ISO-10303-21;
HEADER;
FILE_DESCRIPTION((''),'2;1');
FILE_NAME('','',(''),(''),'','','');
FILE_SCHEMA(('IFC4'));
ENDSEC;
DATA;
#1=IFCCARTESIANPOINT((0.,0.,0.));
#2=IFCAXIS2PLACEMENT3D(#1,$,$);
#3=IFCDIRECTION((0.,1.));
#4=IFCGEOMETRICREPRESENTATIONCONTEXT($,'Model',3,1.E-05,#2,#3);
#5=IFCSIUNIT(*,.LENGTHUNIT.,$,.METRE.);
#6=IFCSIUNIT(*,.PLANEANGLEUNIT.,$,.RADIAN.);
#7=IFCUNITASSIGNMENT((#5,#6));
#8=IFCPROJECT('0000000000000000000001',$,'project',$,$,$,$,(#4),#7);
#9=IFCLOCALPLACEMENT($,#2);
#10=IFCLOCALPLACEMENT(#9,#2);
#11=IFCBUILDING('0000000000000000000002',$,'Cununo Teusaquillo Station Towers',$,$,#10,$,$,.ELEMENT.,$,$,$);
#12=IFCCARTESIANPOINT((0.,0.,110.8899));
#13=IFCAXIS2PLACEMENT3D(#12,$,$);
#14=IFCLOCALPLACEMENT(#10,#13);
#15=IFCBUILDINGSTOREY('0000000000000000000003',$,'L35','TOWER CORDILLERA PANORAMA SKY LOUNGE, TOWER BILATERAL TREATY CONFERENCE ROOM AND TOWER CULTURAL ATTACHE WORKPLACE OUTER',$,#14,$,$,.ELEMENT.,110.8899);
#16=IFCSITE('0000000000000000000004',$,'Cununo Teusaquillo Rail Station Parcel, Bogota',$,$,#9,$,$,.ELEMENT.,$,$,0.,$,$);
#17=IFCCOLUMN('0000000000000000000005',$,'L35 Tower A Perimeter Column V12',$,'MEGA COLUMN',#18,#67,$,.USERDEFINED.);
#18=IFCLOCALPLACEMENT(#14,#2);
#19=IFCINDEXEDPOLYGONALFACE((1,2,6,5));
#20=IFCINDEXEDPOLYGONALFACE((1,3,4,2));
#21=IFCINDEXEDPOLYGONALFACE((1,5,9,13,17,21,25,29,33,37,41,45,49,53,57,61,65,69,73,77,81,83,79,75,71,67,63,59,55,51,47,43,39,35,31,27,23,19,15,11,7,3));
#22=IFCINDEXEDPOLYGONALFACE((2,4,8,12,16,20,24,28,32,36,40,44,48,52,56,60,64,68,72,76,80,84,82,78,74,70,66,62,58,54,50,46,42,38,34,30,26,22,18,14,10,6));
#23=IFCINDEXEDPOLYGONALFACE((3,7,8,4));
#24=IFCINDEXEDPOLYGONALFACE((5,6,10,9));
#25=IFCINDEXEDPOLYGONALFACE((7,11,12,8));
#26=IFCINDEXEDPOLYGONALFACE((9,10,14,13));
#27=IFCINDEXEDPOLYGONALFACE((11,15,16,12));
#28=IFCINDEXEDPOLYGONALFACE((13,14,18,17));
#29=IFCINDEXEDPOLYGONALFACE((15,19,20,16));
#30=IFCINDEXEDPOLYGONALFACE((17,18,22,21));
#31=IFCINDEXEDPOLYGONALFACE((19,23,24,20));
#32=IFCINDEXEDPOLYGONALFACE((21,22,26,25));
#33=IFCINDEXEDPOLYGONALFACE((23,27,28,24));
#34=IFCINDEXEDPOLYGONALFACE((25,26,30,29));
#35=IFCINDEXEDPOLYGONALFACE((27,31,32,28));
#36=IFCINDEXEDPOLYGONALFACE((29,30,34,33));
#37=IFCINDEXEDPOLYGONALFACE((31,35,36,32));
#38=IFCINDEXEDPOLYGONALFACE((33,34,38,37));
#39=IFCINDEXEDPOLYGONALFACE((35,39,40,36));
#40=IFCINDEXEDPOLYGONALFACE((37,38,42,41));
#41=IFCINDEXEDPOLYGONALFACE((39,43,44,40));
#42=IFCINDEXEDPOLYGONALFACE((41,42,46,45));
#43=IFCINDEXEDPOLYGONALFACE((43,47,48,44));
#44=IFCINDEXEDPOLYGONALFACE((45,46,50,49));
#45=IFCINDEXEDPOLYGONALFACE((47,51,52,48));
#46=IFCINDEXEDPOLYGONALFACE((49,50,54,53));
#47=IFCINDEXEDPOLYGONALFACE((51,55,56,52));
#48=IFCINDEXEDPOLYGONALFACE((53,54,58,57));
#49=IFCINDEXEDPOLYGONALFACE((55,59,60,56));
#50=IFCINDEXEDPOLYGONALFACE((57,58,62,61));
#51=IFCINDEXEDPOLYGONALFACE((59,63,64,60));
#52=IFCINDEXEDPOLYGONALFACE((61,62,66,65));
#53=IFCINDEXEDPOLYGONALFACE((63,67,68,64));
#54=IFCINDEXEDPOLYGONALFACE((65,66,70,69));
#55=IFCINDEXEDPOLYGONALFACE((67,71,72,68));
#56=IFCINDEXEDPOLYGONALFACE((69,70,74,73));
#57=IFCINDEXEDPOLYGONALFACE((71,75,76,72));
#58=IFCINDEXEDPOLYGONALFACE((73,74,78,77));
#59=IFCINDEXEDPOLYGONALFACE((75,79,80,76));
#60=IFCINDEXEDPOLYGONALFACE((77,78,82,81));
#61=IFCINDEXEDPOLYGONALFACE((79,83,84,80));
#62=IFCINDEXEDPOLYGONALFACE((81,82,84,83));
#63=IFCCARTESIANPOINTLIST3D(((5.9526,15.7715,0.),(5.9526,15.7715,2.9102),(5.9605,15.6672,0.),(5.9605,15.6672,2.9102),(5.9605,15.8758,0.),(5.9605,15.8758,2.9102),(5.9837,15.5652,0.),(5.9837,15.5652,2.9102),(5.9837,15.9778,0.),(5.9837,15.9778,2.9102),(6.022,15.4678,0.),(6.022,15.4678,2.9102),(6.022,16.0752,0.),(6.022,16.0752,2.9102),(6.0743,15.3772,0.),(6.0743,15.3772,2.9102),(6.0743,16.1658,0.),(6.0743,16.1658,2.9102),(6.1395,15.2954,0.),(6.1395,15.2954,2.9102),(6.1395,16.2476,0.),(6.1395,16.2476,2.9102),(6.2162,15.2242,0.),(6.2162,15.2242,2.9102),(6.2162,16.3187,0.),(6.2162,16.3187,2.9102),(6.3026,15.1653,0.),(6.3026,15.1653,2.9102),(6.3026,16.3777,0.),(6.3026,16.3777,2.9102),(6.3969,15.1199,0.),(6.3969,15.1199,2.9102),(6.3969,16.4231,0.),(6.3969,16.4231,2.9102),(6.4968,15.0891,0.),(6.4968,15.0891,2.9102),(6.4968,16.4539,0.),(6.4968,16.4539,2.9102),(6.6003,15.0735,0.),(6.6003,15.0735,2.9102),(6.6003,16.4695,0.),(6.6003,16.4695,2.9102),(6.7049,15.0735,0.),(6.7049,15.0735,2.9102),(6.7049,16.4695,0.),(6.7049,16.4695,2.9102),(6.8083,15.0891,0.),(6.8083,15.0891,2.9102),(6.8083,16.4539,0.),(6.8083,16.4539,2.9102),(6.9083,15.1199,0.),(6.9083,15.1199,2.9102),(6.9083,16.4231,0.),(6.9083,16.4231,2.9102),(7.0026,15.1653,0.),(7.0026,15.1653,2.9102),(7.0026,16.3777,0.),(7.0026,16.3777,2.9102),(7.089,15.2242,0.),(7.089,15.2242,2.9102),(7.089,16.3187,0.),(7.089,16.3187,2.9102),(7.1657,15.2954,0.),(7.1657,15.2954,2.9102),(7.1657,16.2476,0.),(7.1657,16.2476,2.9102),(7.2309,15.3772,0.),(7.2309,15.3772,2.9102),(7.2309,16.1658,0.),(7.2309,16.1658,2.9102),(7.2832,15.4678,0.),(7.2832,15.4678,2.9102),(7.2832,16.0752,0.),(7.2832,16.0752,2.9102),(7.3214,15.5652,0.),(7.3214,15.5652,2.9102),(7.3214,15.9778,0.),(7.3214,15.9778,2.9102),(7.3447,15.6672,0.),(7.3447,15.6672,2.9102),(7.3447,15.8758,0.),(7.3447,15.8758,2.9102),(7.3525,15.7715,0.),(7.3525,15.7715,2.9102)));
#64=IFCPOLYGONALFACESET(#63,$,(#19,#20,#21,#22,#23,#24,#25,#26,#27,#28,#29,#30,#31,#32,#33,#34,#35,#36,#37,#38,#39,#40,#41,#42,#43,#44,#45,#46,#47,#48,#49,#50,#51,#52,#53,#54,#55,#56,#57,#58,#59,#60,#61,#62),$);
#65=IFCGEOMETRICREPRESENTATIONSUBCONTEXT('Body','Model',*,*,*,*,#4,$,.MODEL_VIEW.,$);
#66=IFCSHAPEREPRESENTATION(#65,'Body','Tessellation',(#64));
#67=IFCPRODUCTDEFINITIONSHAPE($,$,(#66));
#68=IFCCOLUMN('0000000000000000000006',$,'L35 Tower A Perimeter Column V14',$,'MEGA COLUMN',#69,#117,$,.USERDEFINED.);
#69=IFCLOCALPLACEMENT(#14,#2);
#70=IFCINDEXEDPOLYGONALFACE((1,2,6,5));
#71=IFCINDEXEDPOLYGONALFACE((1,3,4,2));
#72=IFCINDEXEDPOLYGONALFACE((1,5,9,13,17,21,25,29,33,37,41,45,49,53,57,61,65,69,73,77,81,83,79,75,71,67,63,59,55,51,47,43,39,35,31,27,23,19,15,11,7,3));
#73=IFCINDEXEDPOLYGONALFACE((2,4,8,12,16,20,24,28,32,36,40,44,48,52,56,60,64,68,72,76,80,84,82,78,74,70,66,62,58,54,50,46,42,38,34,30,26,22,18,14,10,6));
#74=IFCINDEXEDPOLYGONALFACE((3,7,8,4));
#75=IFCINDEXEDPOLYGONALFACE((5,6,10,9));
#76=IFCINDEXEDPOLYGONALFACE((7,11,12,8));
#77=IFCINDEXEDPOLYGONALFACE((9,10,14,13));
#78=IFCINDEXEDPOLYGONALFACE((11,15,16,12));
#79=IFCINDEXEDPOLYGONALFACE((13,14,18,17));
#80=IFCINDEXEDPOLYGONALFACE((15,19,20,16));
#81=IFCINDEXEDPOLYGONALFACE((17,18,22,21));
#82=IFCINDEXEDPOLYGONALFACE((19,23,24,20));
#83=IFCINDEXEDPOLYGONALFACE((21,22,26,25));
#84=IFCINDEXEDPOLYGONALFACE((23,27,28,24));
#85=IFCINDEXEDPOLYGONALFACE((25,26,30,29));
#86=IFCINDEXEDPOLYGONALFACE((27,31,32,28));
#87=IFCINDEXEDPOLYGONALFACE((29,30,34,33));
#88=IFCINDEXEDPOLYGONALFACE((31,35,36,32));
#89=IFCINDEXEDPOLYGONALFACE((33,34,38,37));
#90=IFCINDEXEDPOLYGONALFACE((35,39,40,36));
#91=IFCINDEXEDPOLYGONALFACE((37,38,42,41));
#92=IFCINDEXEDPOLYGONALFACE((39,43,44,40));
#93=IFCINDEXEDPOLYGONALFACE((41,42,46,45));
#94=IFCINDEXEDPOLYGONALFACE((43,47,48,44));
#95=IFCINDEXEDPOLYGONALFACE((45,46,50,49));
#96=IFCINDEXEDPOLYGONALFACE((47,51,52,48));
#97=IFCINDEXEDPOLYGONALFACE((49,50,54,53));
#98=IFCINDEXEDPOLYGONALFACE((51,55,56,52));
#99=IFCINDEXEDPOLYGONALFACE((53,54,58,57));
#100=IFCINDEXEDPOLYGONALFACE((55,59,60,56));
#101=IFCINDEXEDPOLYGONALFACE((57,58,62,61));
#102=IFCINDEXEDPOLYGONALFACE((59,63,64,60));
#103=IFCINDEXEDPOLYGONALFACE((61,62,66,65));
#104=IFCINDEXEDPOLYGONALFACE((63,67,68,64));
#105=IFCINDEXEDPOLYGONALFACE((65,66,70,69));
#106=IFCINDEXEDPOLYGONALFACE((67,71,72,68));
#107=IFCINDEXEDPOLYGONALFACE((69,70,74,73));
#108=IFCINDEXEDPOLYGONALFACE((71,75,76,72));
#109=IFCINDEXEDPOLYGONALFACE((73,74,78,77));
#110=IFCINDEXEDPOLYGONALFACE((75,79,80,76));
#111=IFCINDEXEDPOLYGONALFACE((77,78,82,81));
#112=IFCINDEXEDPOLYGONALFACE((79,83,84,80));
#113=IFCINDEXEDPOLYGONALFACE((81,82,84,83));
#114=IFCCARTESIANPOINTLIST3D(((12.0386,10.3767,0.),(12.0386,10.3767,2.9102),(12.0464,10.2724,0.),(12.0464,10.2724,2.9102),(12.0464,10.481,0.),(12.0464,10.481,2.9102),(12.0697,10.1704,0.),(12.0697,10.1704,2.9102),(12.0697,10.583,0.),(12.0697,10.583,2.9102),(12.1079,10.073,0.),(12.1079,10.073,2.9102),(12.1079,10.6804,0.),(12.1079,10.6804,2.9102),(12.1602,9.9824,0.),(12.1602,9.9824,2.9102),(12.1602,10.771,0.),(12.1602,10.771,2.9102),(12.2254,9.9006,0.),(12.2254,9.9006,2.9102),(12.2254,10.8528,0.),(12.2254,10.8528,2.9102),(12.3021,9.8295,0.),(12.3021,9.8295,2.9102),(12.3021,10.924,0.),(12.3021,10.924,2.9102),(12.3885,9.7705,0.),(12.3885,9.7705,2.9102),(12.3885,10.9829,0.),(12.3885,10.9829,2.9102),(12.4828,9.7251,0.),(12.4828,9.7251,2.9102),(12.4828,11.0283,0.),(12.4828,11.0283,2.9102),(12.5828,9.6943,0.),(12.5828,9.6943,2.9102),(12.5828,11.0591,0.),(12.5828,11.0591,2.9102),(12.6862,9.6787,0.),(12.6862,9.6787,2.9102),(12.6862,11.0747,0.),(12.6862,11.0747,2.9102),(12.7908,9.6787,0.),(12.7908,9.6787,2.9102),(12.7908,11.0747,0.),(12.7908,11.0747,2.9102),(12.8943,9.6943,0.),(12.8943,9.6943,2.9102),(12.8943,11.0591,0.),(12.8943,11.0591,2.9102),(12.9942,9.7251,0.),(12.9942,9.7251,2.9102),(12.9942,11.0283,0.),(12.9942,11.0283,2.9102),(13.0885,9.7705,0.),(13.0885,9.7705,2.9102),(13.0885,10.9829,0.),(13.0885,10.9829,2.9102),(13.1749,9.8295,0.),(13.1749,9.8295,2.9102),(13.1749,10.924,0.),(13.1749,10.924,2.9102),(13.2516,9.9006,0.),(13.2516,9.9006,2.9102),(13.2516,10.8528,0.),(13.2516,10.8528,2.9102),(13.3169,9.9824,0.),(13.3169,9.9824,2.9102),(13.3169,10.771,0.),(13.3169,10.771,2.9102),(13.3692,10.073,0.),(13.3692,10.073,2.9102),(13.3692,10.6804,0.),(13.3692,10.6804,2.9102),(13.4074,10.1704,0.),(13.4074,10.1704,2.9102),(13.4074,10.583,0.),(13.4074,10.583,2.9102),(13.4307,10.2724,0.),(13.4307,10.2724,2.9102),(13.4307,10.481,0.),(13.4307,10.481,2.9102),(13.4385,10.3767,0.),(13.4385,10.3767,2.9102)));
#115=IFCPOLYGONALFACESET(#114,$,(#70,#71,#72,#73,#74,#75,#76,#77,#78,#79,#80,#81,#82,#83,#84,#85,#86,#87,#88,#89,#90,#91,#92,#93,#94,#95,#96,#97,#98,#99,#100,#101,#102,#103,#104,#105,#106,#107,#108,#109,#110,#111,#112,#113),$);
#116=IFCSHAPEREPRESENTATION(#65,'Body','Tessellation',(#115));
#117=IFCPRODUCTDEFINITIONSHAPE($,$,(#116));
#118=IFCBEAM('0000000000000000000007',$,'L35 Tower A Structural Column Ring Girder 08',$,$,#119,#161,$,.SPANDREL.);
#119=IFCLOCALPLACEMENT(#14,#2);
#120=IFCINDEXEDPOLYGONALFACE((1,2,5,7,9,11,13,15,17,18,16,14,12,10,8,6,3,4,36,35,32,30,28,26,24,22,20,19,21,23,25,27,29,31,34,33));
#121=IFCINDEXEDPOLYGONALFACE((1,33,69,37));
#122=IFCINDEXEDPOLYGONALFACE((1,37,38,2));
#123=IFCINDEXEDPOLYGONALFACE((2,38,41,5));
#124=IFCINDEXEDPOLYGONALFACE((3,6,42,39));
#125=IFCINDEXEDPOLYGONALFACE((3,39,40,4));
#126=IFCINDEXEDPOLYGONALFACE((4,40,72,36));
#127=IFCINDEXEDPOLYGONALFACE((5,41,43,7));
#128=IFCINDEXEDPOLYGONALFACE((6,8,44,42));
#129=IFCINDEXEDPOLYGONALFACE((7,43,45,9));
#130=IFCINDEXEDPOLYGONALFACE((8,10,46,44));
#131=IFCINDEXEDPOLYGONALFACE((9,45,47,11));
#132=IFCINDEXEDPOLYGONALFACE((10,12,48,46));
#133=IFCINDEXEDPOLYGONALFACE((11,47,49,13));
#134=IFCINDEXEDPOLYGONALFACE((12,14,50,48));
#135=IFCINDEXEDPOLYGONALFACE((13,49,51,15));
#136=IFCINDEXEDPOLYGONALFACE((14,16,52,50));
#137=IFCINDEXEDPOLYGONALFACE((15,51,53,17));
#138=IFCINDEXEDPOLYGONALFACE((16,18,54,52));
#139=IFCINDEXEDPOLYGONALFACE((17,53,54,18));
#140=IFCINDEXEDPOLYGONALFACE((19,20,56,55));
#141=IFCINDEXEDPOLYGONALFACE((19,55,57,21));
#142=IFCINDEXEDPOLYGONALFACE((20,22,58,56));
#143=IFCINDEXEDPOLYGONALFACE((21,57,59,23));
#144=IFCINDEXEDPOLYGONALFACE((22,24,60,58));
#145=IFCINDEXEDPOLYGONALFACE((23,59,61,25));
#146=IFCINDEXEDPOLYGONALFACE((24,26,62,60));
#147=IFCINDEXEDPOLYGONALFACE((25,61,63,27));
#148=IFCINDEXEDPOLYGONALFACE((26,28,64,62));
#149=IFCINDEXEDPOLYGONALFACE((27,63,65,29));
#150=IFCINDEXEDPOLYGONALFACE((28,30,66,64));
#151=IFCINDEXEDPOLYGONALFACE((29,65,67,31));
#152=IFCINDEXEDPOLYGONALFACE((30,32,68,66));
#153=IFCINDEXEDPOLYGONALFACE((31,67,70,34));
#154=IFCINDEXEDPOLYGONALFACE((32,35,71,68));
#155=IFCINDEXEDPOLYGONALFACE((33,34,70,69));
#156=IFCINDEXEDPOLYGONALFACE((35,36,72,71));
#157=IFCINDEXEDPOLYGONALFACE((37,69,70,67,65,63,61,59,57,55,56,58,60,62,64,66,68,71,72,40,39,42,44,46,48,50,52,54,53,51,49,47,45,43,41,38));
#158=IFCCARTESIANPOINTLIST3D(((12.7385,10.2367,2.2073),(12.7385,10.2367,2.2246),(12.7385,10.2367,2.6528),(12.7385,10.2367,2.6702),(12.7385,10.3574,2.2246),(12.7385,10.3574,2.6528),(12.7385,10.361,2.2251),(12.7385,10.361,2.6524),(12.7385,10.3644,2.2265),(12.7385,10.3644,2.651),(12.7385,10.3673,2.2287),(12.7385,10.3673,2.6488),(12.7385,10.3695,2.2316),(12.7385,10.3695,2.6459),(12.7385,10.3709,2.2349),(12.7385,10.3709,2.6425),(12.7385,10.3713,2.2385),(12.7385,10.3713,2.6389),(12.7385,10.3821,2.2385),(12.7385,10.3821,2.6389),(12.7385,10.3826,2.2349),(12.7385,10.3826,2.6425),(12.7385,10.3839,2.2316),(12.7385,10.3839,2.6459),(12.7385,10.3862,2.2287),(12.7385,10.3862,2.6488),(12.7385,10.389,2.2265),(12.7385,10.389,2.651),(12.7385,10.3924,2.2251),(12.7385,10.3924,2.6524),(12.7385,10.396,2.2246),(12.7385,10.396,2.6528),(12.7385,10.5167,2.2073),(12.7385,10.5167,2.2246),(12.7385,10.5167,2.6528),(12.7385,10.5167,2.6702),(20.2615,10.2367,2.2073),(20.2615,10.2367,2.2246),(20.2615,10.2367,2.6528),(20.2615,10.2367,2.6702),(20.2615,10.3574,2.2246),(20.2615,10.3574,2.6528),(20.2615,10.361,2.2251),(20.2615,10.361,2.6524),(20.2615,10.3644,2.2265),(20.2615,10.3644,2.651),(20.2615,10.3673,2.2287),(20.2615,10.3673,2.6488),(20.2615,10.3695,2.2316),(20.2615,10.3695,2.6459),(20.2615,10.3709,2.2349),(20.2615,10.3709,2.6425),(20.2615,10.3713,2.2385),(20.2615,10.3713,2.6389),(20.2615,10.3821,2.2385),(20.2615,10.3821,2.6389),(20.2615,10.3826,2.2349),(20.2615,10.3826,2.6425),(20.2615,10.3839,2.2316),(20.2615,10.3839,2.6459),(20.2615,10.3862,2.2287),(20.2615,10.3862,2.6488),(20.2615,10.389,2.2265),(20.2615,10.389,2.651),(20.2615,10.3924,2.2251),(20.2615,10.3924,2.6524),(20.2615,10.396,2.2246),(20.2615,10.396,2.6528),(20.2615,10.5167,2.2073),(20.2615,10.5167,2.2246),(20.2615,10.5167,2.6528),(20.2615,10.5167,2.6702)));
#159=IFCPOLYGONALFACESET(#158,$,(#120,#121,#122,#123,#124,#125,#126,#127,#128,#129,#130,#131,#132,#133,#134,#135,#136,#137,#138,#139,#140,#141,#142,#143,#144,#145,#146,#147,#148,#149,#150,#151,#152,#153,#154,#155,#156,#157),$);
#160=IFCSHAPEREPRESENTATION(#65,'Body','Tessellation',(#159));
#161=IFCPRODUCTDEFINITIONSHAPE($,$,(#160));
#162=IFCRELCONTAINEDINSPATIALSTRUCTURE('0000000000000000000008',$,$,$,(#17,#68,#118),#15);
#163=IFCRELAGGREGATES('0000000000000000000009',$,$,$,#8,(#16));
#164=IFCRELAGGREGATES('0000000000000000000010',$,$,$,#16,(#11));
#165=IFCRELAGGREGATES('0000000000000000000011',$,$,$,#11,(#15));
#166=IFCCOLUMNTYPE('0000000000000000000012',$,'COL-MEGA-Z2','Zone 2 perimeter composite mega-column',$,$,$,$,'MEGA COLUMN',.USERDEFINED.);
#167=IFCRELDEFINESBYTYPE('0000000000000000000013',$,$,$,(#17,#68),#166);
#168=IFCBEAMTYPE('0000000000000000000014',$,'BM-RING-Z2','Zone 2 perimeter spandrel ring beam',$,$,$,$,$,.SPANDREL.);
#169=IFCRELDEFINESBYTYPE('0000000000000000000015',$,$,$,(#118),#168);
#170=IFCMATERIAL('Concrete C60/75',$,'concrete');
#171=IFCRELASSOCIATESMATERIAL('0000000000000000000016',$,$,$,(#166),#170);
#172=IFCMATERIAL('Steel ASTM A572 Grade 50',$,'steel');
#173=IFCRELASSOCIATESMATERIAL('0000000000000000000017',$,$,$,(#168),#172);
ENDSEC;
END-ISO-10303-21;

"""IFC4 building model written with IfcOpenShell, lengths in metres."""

from ifc_helpers import new_model, si_unit, direction, frame, origin, origin_2d, place, context, subcontext, project, spatial, circle, i_section, extrude, material, material_profile, profile_set, type_object, element, save


model = new_model("IFC4")

# Units and contexts
model_context = context("Model", 3, precision=1e-05, world=origin(), true_north=direction((0.0, 1.0)))
body_context = subcontext(model_context, "Body", "Model", "MODEL_VIEW")
ifc_project = project(units=[si_unit("LENGTHUNIT", "METRE"), si_unit("PLANEANGLEUNIT", "RADIAN")], contexts=[model_context])

# Site, building, storey
site_placement = place(None, origin())
site = spatial("IfcSite", under=ifc_project, at=site_placement, Name="Cununo Teusaquillo Rail Station Parcel, Bogota", CompositionType="ELEMENT", RefElevation=0.0)
building_placement = place(site_placement, origin())
building = spatial("IfcBuilding", under=site, at=building_placement, Name="Cununo Teusaquillo Station Towers", CompositionType="ELEMENT")
storey_placement = place(building_placement, frame((0.0, 0.0, 110.8899)))
storey = spatial("IfcBuildingStorey", under=building, at=storey_placement, Name="L35", Description="TOWER CORDILLERA PANORAMA SKY LOUNGE, TOWER BILATERAL TREATY CONFERENCE ROOM AND TOWER CULTURAL ATTACHE WORKPLACE OUTER", CompositionType="ELEMENT", Elevation=110.8899)

# Columns
ifc_material_1 = material(Name="Concrete C60/75", Category="concrete")
ifc_material_profile_1 = material_profile(ifc_material_1, circle(Radius=0.7, at=origin_2d()), Name="RC-CIRC-1400")
ifc_profile_set_1 = profile_set([ifc_material_profile_1], Name="Concrete C60/75")
column_type = type_object("IfcColumnType", Name="COL-MEGA-Z2", Description="Zone 2 perimeter composite mega-column", ElementType="MEGA COLUMN", PredefinedType="USERDEFINED", material=ifc_profile_set_1)
for number, where, z_axis, x_axis, name in (
    (1, (6.6526, 15.7715, 0.0), (0.0, 0.0, 1.0), (1.0, 0.0, 0.0), "L35 Tower A Perimeter Column V12"),
    (2, (12.7385, 10.3767, 0.0), (0.0, 0.0, 1.0), (1.0, 0.0, 0.0), "L35 Tower A Perimeter Column V14"),
):
    element("IfcColumn", number, at=place(storey_placement, frame(where, z_axis=z_axis, x_axis=x_axis)), inside=storey, type_object=column_type, Name=name, ObjectType="MEGA COLUMN", PredefinedType="USERDEFINED", context=body_context, shape_type="SweptSolid", body=[
        extrude(circle(Radius=0.7, at=origin_2d()), origin(), (0.0, 0.0, 1.0), 2.9102),
    ])

# Beam
ifc_material_2 = material(Name="Steel ASTM A572 Grade 50", Category="steel")
ifc_material_profile_2 = material_profile(ifc_material_2, i_section(OverallWidth=0.28, OverallDepth=0.4629, WebThickness=0.0107, FlangeThickness=0.0173, FilletRadius=0.0139, at=origin_2d()), Name="W18X76")
ifc_profile_set_2 = profile_set([ifc_material_profile_2], Name="Steel ASTM A572 Grade 50")
beam_type_1 = type_object("IfcBeamType", Name="BM-RING-Z2", Description="Zone 2 perimeter spandrel ring beam", PredefinedType="SPANDREL", material=ifc_profile_set_2)
beam_1_placement = place(storey_placement, frame((12.7385, 10.3767, 2.4387), z_axis=(1.0, 0.0, 0.0), x_axis=(0.0, 1.0, 0.0)))
element("IfcBeam", 3, at=beam_1_placement, inside=storey, type_object=beam_type_1, Name="L35 Tower A Structural Column Ring Girder 08", PredefinedType="SPANDREL", context=body_context, shape_type="SweptSolid", body=[
    extrude(i_section(OverallWidth=0.28, OverallDepth=0.4629, WebThickness=0.0107, FlangeThickness=0.0173, FilletRadius=0.0139, at=origin_2d()), origin(), (0.0, 0.0, 1.0), 7.5229),
])

save(model, "model.ifc")
